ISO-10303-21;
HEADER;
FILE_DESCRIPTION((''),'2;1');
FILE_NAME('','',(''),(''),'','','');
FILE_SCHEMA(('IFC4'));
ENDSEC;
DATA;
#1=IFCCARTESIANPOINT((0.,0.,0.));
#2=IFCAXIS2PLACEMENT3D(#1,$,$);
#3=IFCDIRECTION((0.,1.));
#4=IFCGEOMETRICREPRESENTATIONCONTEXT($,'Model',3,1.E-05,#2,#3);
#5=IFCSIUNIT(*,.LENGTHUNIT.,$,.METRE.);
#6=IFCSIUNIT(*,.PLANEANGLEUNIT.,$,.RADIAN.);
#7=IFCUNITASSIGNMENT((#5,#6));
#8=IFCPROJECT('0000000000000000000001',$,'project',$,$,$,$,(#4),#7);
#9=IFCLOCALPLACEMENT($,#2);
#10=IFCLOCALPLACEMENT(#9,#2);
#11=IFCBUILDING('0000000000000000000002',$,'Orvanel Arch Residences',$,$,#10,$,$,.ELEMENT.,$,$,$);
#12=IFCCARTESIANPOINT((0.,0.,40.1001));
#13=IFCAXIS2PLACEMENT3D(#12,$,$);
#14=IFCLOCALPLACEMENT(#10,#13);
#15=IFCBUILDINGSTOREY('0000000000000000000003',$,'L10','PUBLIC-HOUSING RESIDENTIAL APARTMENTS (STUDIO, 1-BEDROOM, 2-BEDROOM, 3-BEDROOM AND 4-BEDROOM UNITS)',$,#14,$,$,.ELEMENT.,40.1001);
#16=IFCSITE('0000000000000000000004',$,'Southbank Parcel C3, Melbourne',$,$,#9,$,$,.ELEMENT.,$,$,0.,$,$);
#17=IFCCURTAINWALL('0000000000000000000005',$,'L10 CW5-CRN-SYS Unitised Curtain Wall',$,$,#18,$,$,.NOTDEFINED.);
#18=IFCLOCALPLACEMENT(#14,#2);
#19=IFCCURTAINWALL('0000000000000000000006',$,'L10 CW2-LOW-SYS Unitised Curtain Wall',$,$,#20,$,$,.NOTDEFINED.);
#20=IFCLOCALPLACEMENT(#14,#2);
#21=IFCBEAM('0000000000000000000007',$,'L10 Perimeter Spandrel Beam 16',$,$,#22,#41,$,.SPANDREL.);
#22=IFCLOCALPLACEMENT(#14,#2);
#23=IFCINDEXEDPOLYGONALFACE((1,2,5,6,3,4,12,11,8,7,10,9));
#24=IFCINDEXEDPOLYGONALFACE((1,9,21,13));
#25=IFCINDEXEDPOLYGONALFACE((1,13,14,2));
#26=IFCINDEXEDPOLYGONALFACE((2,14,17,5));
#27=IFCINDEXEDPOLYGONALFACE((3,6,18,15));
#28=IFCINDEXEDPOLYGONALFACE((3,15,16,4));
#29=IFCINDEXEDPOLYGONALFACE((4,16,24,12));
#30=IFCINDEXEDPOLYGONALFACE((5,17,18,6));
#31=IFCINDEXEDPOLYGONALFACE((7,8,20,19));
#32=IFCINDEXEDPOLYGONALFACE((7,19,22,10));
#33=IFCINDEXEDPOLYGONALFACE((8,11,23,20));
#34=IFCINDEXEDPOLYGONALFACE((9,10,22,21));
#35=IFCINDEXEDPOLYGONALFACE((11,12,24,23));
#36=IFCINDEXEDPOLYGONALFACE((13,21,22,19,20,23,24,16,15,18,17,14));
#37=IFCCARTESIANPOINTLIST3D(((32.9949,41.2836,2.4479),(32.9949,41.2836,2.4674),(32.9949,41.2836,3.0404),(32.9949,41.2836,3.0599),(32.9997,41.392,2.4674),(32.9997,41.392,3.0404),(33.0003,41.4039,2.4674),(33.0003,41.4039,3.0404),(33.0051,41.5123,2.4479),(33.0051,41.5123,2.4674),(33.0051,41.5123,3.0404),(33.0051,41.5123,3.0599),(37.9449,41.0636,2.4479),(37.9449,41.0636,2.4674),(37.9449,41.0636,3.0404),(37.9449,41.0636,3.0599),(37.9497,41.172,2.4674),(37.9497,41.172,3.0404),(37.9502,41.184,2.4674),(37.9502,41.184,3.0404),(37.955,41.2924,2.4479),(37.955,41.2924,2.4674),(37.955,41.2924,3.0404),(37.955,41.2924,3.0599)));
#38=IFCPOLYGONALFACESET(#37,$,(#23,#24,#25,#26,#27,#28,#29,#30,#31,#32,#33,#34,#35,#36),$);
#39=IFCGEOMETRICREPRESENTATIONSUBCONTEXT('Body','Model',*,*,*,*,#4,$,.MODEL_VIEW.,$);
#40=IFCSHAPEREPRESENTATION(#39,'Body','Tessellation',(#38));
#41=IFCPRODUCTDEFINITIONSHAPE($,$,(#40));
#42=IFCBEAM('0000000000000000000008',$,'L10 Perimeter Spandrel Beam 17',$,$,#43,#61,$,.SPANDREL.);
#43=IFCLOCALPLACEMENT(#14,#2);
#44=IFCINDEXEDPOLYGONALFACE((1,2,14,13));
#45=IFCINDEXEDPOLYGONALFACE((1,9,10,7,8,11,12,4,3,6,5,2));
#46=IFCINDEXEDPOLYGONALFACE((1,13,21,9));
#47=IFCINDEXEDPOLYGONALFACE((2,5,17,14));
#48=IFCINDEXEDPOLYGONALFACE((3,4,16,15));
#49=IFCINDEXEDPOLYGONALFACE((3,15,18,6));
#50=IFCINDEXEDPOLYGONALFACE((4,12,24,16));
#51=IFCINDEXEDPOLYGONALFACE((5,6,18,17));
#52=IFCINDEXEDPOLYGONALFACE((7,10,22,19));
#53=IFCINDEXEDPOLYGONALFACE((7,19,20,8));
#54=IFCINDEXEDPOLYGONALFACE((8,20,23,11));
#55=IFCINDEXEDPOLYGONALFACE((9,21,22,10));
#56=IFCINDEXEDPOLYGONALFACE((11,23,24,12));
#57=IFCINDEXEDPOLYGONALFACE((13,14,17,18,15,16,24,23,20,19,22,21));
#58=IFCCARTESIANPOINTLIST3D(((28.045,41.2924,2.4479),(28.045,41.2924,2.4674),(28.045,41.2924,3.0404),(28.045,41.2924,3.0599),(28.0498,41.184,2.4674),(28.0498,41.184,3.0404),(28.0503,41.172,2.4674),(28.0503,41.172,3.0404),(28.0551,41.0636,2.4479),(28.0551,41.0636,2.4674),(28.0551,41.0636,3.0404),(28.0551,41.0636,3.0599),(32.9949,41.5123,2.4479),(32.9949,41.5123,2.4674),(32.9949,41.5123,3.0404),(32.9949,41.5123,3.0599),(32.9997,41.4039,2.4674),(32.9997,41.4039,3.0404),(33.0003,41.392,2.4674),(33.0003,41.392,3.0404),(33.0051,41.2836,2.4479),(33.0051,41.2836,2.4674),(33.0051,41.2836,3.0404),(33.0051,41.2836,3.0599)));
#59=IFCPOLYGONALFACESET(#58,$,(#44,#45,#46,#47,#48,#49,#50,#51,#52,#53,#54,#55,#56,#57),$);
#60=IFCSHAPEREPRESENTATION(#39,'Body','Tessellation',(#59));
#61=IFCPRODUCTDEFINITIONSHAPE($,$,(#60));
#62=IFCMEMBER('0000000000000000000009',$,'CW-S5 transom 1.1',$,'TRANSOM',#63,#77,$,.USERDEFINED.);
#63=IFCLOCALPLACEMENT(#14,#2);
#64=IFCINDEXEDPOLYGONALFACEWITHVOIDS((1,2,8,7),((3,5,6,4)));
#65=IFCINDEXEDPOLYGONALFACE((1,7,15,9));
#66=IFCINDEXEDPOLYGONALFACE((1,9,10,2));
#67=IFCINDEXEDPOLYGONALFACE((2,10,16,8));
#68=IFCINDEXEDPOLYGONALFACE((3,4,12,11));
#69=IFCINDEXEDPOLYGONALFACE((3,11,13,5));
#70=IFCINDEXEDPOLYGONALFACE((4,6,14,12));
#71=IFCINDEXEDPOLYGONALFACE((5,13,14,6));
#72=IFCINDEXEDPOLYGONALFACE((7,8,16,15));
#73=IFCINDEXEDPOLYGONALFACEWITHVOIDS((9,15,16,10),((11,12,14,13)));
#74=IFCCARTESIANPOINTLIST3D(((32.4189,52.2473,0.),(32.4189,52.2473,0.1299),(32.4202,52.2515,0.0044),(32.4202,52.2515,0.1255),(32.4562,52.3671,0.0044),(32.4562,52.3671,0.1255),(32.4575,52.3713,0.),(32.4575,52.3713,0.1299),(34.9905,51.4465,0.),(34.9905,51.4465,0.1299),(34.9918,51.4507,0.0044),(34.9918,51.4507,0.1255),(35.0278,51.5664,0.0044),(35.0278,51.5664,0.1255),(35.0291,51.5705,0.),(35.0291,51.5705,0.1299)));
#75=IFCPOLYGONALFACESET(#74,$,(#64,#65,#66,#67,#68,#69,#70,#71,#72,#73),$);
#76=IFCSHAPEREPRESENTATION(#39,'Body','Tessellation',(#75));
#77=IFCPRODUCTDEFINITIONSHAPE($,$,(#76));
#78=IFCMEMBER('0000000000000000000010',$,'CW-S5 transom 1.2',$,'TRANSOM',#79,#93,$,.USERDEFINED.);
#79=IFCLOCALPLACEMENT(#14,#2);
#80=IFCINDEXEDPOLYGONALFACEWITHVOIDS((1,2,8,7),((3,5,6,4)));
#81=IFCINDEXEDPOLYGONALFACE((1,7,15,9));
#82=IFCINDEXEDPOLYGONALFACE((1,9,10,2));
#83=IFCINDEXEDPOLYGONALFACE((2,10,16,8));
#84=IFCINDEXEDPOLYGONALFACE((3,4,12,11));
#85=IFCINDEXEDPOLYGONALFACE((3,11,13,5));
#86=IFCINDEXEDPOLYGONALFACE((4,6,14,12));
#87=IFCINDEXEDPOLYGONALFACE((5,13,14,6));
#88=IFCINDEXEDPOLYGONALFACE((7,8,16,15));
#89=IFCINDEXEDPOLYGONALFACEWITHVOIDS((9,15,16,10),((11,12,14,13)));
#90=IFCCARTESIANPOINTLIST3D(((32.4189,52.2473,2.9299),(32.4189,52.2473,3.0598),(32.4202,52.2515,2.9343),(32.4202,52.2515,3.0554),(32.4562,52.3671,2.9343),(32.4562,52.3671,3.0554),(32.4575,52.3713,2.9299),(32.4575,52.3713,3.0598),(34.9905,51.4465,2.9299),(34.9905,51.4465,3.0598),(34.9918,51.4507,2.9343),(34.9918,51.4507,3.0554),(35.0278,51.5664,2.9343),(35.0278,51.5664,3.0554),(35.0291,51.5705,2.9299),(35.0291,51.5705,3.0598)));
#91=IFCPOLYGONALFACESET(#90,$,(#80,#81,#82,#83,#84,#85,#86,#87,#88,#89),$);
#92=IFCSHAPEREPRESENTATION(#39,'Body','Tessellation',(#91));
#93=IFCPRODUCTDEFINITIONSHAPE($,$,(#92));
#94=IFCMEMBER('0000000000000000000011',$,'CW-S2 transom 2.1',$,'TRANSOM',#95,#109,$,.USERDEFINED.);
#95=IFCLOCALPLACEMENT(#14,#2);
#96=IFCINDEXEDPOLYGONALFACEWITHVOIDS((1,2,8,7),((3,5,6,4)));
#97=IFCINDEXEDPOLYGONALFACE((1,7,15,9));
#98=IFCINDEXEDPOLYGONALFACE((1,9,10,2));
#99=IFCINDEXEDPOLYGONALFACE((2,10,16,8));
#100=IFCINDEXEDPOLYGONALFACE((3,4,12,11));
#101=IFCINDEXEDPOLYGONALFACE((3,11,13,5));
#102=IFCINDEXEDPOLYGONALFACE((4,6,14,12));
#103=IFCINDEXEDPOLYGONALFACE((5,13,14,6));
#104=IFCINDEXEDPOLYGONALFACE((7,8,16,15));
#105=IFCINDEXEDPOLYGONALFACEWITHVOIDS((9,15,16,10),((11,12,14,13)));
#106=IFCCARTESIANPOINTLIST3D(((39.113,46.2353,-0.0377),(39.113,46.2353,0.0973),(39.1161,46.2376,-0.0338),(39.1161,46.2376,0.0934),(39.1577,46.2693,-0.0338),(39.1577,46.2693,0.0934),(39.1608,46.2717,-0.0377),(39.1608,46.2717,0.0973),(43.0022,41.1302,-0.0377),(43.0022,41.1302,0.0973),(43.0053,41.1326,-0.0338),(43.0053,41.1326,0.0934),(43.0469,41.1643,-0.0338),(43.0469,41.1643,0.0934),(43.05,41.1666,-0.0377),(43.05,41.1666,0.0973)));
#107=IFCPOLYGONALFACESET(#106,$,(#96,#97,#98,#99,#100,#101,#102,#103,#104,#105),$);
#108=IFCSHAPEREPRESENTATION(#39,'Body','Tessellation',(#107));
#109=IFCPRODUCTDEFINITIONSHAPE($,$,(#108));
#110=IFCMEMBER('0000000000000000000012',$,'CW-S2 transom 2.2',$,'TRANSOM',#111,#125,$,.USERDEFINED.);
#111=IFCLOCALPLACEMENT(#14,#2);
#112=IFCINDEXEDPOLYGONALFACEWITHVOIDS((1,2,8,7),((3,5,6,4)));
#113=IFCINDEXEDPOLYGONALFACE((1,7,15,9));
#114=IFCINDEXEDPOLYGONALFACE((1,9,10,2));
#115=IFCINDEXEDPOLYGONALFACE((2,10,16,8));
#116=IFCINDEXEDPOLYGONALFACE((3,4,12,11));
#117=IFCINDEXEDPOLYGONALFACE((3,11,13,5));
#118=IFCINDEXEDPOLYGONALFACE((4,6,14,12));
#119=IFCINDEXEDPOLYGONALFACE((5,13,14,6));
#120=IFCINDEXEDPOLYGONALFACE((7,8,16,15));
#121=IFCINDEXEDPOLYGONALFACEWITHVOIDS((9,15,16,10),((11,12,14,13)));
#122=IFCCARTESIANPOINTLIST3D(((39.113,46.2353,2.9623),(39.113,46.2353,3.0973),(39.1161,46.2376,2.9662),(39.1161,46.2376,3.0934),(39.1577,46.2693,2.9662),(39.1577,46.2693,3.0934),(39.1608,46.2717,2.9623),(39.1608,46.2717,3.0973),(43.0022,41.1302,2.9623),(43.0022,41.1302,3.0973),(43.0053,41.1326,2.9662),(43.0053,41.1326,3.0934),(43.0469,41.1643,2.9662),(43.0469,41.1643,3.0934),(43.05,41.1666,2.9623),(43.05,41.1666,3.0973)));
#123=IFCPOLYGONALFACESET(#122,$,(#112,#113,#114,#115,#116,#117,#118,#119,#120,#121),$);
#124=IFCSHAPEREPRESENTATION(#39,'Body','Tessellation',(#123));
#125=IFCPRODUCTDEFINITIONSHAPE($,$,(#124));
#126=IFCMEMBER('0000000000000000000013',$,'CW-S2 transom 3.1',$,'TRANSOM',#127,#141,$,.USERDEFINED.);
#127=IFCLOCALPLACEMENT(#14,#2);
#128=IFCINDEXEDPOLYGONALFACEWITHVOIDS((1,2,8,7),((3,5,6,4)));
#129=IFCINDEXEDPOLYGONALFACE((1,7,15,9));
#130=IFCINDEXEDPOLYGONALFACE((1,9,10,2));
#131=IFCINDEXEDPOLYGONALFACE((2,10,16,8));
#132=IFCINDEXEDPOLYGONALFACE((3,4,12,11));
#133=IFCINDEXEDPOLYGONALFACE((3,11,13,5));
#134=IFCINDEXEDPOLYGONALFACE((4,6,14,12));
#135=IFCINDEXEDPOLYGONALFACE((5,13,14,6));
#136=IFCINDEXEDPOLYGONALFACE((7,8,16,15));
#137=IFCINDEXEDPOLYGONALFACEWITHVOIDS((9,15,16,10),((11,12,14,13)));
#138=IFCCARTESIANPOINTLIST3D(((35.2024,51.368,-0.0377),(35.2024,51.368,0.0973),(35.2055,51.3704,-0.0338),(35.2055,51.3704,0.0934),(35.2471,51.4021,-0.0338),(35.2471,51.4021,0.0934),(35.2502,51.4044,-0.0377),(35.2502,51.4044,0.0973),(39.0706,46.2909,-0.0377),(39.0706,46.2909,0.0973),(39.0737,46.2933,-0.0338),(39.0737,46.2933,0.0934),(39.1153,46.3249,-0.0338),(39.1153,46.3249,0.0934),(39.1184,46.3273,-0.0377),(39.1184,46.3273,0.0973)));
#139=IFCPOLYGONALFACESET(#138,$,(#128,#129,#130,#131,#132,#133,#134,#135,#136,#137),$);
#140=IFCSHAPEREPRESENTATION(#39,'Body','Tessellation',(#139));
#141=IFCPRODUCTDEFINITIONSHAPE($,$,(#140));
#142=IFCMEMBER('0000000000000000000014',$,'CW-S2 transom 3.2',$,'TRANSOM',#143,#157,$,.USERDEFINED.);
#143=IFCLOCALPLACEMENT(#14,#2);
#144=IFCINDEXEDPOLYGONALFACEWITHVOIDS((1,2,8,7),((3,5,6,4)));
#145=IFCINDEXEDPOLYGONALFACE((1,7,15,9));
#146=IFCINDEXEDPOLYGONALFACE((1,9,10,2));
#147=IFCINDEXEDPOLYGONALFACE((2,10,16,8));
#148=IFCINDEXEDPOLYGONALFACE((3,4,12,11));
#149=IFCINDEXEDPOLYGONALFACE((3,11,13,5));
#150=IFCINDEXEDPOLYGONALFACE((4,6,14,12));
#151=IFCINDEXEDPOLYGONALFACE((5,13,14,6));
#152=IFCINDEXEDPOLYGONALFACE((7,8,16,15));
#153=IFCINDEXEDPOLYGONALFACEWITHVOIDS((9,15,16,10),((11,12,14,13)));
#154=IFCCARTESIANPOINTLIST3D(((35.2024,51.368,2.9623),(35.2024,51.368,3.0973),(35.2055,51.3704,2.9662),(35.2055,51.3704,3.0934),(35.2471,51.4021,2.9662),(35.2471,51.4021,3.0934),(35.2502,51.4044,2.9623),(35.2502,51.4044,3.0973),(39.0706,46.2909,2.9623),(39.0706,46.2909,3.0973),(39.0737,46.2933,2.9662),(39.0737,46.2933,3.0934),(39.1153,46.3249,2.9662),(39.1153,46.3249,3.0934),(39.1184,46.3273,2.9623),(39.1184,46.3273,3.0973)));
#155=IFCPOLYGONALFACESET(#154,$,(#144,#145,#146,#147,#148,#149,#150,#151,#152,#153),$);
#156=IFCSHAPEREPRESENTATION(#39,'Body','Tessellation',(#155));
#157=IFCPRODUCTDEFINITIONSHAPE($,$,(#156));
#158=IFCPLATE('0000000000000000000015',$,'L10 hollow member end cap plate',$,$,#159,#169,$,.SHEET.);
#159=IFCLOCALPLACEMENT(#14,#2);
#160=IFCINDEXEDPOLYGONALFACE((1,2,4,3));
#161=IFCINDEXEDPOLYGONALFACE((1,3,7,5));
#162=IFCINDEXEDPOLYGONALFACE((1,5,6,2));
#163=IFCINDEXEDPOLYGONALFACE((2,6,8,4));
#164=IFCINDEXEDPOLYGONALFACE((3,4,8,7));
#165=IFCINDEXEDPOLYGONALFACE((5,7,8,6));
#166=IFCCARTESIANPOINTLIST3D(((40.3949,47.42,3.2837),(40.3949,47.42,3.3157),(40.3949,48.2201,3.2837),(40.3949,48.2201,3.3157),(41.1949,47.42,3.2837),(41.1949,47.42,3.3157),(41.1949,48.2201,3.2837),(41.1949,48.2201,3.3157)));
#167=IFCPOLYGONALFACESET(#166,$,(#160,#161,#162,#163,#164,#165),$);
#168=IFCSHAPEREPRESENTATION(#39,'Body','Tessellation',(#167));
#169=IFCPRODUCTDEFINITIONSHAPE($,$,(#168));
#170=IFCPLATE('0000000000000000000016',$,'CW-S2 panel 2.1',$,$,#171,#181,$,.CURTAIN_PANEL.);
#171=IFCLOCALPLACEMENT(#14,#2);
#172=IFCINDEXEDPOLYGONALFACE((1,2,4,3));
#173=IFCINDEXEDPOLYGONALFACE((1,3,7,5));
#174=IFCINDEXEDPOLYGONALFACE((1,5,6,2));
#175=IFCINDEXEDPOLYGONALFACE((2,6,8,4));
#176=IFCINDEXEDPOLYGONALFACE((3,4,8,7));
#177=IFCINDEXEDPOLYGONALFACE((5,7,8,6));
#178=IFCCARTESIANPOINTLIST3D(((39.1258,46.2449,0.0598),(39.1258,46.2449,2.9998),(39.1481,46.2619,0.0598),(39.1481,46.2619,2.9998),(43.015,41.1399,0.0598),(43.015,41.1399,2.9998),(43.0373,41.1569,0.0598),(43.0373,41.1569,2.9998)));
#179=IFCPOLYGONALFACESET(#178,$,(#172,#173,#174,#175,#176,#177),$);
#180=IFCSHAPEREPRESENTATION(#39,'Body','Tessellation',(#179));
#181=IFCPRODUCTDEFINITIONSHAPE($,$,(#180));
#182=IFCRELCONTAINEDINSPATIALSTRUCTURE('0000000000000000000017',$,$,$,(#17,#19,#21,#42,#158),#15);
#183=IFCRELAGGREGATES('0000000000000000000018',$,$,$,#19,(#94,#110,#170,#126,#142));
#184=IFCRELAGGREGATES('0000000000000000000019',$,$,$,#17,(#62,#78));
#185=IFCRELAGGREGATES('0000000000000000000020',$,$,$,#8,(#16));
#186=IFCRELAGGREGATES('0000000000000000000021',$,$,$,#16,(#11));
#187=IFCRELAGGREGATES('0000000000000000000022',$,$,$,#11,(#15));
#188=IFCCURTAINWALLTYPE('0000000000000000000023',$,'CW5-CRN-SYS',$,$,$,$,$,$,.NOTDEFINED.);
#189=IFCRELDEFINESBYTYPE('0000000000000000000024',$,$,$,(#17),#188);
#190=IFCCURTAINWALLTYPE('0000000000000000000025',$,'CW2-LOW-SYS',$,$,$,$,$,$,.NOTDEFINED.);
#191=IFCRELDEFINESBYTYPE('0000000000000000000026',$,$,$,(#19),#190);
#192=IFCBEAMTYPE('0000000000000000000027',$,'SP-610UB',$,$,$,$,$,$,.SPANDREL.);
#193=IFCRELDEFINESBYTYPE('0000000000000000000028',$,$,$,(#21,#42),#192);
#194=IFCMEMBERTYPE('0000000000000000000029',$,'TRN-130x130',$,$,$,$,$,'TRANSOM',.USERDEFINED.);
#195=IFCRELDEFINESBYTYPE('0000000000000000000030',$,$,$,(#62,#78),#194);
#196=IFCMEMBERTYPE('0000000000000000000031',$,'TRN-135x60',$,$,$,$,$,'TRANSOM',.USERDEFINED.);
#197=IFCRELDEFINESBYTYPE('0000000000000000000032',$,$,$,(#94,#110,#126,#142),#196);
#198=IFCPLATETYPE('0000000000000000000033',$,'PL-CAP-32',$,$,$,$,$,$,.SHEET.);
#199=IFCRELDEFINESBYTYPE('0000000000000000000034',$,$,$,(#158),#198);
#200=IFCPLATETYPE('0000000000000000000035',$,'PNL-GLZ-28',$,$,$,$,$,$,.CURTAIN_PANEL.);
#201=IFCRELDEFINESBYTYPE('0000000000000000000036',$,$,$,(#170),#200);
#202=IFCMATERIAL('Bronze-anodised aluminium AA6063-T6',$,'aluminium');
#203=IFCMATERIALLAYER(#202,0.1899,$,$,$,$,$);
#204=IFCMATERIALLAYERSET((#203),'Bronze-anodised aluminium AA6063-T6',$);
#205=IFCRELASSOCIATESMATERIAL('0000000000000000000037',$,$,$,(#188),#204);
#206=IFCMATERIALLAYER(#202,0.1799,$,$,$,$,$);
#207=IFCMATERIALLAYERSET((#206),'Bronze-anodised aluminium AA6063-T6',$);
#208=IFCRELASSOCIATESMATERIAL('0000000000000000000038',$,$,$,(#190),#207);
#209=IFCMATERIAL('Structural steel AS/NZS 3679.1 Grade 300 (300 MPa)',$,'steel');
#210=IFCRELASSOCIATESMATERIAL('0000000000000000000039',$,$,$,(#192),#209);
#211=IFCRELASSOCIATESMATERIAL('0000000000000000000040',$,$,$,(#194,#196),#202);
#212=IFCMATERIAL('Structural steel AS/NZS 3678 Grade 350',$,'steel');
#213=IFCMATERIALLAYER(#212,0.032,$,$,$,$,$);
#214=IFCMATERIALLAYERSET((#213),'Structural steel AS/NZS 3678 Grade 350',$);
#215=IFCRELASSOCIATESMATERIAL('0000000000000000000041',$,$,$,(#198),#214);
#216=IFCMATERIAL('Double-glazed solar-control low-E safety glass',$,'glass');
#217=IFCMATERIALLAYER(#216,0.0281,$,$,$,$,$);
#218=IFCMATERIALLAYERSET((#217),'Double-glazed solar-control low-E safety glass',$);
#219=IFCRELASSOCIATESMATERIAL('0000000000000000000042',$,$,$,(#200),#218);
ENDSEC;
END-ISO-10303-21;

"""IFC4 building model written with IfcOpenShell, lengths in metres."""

from ifc_helpers import new_model, si_unit, direction, frame, origin, origin_2d, place, context, subcontext, project, spatial, rectangle, hollow_rectangle, i_section, extrude, material, layer, layer_set, material_profile, profile_set, type_object, element, aggregate, save


model = new_model("IFC4")

# Units and contexts
model_context = context("Model", 3, precision=1e-05, world=origin(), true_north=direction((0.0, 1.0)))
body_context = subcontext(model_context, "Body", "Model", "MODEL_VIEW")
ifc_project = project(units=[si_unit("LENGTHUNIT", "METRE"), si_unit("PLANEANGLEUNIT", "RADIAN")], contexts=[model_context])

# Site, building, storey
site_placement = place(None, origin())
site = spatial("IfcSite", under=ifc_project, at=site_placement, Name="Southbank Parcel C3, Melbourne", CompositionType="ELEMENT", RefElevation=0.0)
building_placement = place(site_placement, origin())
building = spatial("IfcBuilding", under=site, at=building_placement, Name="Orvanel Arch Residences", CompositionType="ELEMENT")
storey_placement = place(building_placement, frame((0.0, 0.0, 40.1001)))
storey = spatial("IfcBuildingStorey", under=building, at=storey_placement, Name="L10", Description="PUBLIC-HOUSING RESIDENTIAL APARTMENTS (STUDIO, 1-BEDROOM, 2-BEDROOM, 3-BEDROOM AND 4-BEDROOM UNITS)", CompositionType="ELEMENT", Elevation=40.1001)

# Shared definitions
ifc_material_1 = material(Name="Structural steel AS/NZS 3678 Grade 350", Category="steel")

# Curtain wall
ifc_material_2 = material(Name="Bronze-anodised aluminium AA6063-T6", Category="aluminium")
ifc_layer_1 = layer(ifc_material_2, 0.1899)
ifc_layer_set_1 = layer_set([ifc_layer_1], Name="Bronze-anodised aluminium AA6063-T6")
curtain_wall_type_1 = type_object("IfcCurtainWallType", Name="CW5-CRN-SYS", PredefinedType="NOTDEFINED", material=ifc_layer_set_1)
curtain_wall_1_placement = place(storey_placement, origin())
curtain_wall_1 = element("IfcCurtainWall", 1, at=curtain_wall_1_placement, inside=storey, type_object=curtain_wall_type_1, Name="L10 CW5-CRN-SYS Unitised Curtain Wall", PredefinedType="NOTDEFINED")

# Curtain wall
ifc_layer_2 = layer(ifc_material_2, 0.1799)
ifc_layer_set_2 = layer_set([ifc_layer_2], Name="Bronze-anodised aluminium AA6063-T6")
curtain_wall_type_2 = type_object("IfcCurtainWallType", Name="CW2-LOW-SYS", PredefinedType="NOTDEFINED", material=ifc_layer_set_2)
curtain_wall_2_placement = place(storey_placement, origin())
curtain_wall_2 = element("IfcCurtainWall", 2, at=curtain_wall_2_placement, inside=storey, type_object=curtain_wall_type_2, Name="L10 CW2-LOW-SYS Unitised Curtain Wall", PredefinedType="NOTDEFINED")

# Beams
ifc_material_3 = material(Name="Structural steel AS/NZS 3679.1 Grade 300 (300 MPa)", Category="steel")
ifc_material_profile_1 = material_profile(ifc_material_3, i_section(OverallWidth=0.229, OverallDepth=0.6121, WebThickness=0.012, FlangeThickness=0.0195, at=origin_2d()), Name="610UB125")
ifc_profile_set_1 = profile_set([ifc_material_profile_1], Name="Structural steel AS/NZS 3679.1 Grade 300 (300 MPa)")
beam_type_1 = type_object("IfcBeamType", Name="SP-610UB", PredefinedType="SPANDREL", material=ifc_profile_set_1)
for number, where, z_axis, x_axis, name in (
    (3, (37.95, 41.178, 2.7539), (-0.999014, 0.044395, 0.0), (-0.044395, -0.999014, 0.0), "L10 Perimeter Spandrel Beam 16"),
    (4, (33.0, 41.3979, 2.7539), (-0.999014, -0.044395, 0.0), (0.044395, -0.999014, 0.0), "L10 Perimeter Spandrel Beam 17"),
):
    element("IfcBeam", number, at=place(storey_placement, frame(where, z_axis=z_axis, x_axis=x_axis)), inside=storey, type_object=beam_type_1, Name=name, PredefinedType="SPANDREL", context=body_context, shape_type="SweptSolid", body=[
        extrude(i_section(OverallWidth=0.229, OverallDepth=0.6121, WebThickness=0.012, FlangeThickness=0.0195, at=origin_2d()), origin(), (0.0, 0.0, 1.0), 4.9548),
    ])

# Members
ifc_material_profile_2 = material_profile(ifc_material_2, hollow_rectangle(XDim=0.1299, YDim=0.1299, WallThickness=0.0044, at=origin_2d()), Name="ALU130x130x4.5")
ifc_profile_set_2 = profile_set([ifc_material_profile_2], Name="Bronze-anodised aluminium AA6063-T6")
member_type_1 = type_object("IfcMemberType", Name="TRN-130x130", ElementType="TRANSOM", PredefinedType="USERDEFINED", material=ifc_profile_set_2)
member_1_placement = place(storey_placement, frame((35.0098, 51.5085, 0.0649), z_axis=(-0.954778, 0.29732, 0.0), x_axis=(-0.29732, -0.954778, 0.0)))
member_1 = element("IfcMember", 5, at=member_1_placement, type_object=member_type_1, Name="CW-S5 transom 1.1", ObjectType="TRANSOM", PredefinedType="USERDEFINED", context=body_context, shape_type="SweptSolid", body=[
    extrude(hollow_rectangle(XDim=0.1299, YDim=0.1299, WallThickness=0.0044, at=origin_2d()), origin(), (0.0, 0.0, 1.0), 2.6934),
])
member_2_placement = place(storey_placement, frame((35.0098, 51.5085, 2.9949), z_axis=(-0.954778, 0.29732, 0.0), x_axis=(-0.29732, -0.954778, 0.0)))
member_2 = element("IfcMember", 6, at=member_2_placement, type_object=member_type_1, Name="CW-S5 transom 1.2", ObjectType="TRANSOM", PredefinedType="USERDEFINED", context=body_context, shape_type="SweptSolid", body=[
    extrude(hollow_rectangle(XDim=0.1299, YDim=0.1299, WallThickness=0.0044, at=origin_2d()), origin(), (0.0, 0.0, 1.0), 2.6934),
])
ifc_material_profile_3 = material_profile(ifc_material_2, hollow_rectangle(XDim=0.0601, YDim=0.135, WallThickness=0.0039, at=origin_2d()), Name="ALU135x60x4")
ifc_profile_set_3 = profile_set([ifc_material_profile_3], Name="Bronze-anodised aluminium AA6063-T6")
member_type_2 = type_object("IfcMemberType", Name="TRN-135x60", ElementType="TRANSOM", PredefinedType="USERDEFINED", material=ifc_profile_set_3)
member_3_placement = place(storey_placement, frame((43.0261, 41.1484, 0.0298), z_axis=(-0.606009, 0.795458, 0.0), x_axis=(-0.795458, -0.606009, 0.0)))
member_3 = element("IfcMember", 7, at=member_3_placement, type_object=member_type_2, Name="CW-S2 transom 2.1", ObjectType="TRANSOM", PredefinedType="USERDEFINED", context=body_context, shape_type="SweptSolid", body=[
    extrude(hollow_rectangle(XDim=0.0601, YDim=0.135, WallThickness=0.0039, at=origin_2d()), origin(), (0.0, 0.0, 1.0), 6.4177),
])
member_4_placement = place(storey_placement, frame((43.0261, 41.1484, 3.0298), z_axis=(-0.606009, 0.795458, 0.0), x_axis=(-0.795458, -0.606009, 0.0)))
member_4 = element("IfcMember", 8, at=member_4_placement, type_object=member_type_2, Name="CW-S2 transom 2.2", ObjectType="TRANSOM", PredefinedType="USERDEFINED", context=body_context, shape_type="SweptSolid", body=[
    extrude(hollow_rectangle(XDim=0.0601, YDim=0.135, WallThickness=0.0039, at=origin_2d()), origin(), (0.0, 0.0, 1.0), 6.4177),
])
member_5_placement = place(storey_placement, frame((39.0945, 46.3091, 0.0298), z_axis=(-0.606029, 0.795442, 0.0), x_axis=(-0.795442, -0.606029, 0.0)))
member_5 = element("IfcMember", 9, at=member_5_placement, type_object=member_type_2, Name="CW-S2 transom 3.1", ObjectType="TRANSOM", PredefinedType="USERDEFINED", context=body_context, shape_type="SweptSolid", body=[
    extrude(hollow_rectangle(XDim=0.0601, YDim=0.135, WallThickness=0.0039, at=origin_2d()), origin(), (0.0, 0.0, 1.0), 6.3828),
])
member_6_placement = place(storey_placement, frame((39.0945, 46.3091, 3.0298), z_axis=(-0.606029, 0.795442, 0.0), x_axis=(-0.795442, -0.606029, 0.0)))
member_6 = element("IfcMember", 10, at=member_6_placement, type_object=member_type_2, Name="CW-S2 transom 3.2", ObjectType="TRANSOM", PredefinedType="USERDEFINED", context=body_context, shape_type="SweptSolid", body=[
    extrude(hollow_rectangle(XDim=0.0601, YDim=0.135, WallThickness=0.0039, at=origin_2d()), origin(), (0.0, 0.0, 1.0), 6.3828),
])

# Plates
ifc_layer_3 = layer(ifc_material_1, 0.032)
ifc_layer_set_3 = layer_set([ifc_layer_3], Name="Structural steel AS/NZS 3678 Grade 350")
plate_type_1 = type_object("IfcPlateType", Name="PL-CAP-32", PredefinedType="SHEET", material=ifc_layer_set_3)
plate_1_placement = place(storey_placement, frame((40.7949, 47.8201, 3.2837), z_axis=(0.0, 0.0, 1.0), x_axis=(1.0, 0.0, 0.0)))
element("IfcPlate", 11, at=plate_1_placement, inside=storey, type_object=plate_type_1, Name="L10 hollow member end cap plate", PredefinedType="SHEET", context=body_context, shape_type="SweptSolid", body=[
    extrude(rectangle(XDim=0.8, YDim=0.8, at=origin_2d()), origin(), (0.0, 0.0, 1.0), 0.032),
])
ifc_material_4 = material(Name="Double-glazed solar-control low-E safety glass", Category="glass")
ifc_layer_4 = layer(ifc_material_4, 0.0281)
ifc_layer_set_4 = layer_set([ifc_layer_4], Name="Double-glazed solar-control low-E safety glass")
plate_type_2 = type_object("IfcPlateType", Name="PNL-GLZ-28", PredefinedType="CURTAIN_PANEL", material=ifc_layer_set_4)
plate_2_placement = place(storey_placement, frame((41.0815, 43.7009, 0.0598), z_axis=(0.0, 0.0, 1.0), x_axis=(-0.606017, 0.795452, 0.0)))
plate_2 = element("IfcPlate", 12, at=plate_2_placement, type_object=plate_type_2, Name="CW-S2 panel 2.1", PredefinedType="CURTAIN_PANEL", context=body_context, shape_type="SweptSolid", body=[
    extrude(rectangle(XDim=6.4177, YDim=0.0281, at=origin_2d()), origin(), (0.0, 0.0, 1.0), 2.9399),
])
aggregate(curtain_wall_2, [member_3, member_4, plate_2, member_5, member_6])
aggregate(curtain_wall_1, [member_1, member_2])

save(model, "model.ifc")
